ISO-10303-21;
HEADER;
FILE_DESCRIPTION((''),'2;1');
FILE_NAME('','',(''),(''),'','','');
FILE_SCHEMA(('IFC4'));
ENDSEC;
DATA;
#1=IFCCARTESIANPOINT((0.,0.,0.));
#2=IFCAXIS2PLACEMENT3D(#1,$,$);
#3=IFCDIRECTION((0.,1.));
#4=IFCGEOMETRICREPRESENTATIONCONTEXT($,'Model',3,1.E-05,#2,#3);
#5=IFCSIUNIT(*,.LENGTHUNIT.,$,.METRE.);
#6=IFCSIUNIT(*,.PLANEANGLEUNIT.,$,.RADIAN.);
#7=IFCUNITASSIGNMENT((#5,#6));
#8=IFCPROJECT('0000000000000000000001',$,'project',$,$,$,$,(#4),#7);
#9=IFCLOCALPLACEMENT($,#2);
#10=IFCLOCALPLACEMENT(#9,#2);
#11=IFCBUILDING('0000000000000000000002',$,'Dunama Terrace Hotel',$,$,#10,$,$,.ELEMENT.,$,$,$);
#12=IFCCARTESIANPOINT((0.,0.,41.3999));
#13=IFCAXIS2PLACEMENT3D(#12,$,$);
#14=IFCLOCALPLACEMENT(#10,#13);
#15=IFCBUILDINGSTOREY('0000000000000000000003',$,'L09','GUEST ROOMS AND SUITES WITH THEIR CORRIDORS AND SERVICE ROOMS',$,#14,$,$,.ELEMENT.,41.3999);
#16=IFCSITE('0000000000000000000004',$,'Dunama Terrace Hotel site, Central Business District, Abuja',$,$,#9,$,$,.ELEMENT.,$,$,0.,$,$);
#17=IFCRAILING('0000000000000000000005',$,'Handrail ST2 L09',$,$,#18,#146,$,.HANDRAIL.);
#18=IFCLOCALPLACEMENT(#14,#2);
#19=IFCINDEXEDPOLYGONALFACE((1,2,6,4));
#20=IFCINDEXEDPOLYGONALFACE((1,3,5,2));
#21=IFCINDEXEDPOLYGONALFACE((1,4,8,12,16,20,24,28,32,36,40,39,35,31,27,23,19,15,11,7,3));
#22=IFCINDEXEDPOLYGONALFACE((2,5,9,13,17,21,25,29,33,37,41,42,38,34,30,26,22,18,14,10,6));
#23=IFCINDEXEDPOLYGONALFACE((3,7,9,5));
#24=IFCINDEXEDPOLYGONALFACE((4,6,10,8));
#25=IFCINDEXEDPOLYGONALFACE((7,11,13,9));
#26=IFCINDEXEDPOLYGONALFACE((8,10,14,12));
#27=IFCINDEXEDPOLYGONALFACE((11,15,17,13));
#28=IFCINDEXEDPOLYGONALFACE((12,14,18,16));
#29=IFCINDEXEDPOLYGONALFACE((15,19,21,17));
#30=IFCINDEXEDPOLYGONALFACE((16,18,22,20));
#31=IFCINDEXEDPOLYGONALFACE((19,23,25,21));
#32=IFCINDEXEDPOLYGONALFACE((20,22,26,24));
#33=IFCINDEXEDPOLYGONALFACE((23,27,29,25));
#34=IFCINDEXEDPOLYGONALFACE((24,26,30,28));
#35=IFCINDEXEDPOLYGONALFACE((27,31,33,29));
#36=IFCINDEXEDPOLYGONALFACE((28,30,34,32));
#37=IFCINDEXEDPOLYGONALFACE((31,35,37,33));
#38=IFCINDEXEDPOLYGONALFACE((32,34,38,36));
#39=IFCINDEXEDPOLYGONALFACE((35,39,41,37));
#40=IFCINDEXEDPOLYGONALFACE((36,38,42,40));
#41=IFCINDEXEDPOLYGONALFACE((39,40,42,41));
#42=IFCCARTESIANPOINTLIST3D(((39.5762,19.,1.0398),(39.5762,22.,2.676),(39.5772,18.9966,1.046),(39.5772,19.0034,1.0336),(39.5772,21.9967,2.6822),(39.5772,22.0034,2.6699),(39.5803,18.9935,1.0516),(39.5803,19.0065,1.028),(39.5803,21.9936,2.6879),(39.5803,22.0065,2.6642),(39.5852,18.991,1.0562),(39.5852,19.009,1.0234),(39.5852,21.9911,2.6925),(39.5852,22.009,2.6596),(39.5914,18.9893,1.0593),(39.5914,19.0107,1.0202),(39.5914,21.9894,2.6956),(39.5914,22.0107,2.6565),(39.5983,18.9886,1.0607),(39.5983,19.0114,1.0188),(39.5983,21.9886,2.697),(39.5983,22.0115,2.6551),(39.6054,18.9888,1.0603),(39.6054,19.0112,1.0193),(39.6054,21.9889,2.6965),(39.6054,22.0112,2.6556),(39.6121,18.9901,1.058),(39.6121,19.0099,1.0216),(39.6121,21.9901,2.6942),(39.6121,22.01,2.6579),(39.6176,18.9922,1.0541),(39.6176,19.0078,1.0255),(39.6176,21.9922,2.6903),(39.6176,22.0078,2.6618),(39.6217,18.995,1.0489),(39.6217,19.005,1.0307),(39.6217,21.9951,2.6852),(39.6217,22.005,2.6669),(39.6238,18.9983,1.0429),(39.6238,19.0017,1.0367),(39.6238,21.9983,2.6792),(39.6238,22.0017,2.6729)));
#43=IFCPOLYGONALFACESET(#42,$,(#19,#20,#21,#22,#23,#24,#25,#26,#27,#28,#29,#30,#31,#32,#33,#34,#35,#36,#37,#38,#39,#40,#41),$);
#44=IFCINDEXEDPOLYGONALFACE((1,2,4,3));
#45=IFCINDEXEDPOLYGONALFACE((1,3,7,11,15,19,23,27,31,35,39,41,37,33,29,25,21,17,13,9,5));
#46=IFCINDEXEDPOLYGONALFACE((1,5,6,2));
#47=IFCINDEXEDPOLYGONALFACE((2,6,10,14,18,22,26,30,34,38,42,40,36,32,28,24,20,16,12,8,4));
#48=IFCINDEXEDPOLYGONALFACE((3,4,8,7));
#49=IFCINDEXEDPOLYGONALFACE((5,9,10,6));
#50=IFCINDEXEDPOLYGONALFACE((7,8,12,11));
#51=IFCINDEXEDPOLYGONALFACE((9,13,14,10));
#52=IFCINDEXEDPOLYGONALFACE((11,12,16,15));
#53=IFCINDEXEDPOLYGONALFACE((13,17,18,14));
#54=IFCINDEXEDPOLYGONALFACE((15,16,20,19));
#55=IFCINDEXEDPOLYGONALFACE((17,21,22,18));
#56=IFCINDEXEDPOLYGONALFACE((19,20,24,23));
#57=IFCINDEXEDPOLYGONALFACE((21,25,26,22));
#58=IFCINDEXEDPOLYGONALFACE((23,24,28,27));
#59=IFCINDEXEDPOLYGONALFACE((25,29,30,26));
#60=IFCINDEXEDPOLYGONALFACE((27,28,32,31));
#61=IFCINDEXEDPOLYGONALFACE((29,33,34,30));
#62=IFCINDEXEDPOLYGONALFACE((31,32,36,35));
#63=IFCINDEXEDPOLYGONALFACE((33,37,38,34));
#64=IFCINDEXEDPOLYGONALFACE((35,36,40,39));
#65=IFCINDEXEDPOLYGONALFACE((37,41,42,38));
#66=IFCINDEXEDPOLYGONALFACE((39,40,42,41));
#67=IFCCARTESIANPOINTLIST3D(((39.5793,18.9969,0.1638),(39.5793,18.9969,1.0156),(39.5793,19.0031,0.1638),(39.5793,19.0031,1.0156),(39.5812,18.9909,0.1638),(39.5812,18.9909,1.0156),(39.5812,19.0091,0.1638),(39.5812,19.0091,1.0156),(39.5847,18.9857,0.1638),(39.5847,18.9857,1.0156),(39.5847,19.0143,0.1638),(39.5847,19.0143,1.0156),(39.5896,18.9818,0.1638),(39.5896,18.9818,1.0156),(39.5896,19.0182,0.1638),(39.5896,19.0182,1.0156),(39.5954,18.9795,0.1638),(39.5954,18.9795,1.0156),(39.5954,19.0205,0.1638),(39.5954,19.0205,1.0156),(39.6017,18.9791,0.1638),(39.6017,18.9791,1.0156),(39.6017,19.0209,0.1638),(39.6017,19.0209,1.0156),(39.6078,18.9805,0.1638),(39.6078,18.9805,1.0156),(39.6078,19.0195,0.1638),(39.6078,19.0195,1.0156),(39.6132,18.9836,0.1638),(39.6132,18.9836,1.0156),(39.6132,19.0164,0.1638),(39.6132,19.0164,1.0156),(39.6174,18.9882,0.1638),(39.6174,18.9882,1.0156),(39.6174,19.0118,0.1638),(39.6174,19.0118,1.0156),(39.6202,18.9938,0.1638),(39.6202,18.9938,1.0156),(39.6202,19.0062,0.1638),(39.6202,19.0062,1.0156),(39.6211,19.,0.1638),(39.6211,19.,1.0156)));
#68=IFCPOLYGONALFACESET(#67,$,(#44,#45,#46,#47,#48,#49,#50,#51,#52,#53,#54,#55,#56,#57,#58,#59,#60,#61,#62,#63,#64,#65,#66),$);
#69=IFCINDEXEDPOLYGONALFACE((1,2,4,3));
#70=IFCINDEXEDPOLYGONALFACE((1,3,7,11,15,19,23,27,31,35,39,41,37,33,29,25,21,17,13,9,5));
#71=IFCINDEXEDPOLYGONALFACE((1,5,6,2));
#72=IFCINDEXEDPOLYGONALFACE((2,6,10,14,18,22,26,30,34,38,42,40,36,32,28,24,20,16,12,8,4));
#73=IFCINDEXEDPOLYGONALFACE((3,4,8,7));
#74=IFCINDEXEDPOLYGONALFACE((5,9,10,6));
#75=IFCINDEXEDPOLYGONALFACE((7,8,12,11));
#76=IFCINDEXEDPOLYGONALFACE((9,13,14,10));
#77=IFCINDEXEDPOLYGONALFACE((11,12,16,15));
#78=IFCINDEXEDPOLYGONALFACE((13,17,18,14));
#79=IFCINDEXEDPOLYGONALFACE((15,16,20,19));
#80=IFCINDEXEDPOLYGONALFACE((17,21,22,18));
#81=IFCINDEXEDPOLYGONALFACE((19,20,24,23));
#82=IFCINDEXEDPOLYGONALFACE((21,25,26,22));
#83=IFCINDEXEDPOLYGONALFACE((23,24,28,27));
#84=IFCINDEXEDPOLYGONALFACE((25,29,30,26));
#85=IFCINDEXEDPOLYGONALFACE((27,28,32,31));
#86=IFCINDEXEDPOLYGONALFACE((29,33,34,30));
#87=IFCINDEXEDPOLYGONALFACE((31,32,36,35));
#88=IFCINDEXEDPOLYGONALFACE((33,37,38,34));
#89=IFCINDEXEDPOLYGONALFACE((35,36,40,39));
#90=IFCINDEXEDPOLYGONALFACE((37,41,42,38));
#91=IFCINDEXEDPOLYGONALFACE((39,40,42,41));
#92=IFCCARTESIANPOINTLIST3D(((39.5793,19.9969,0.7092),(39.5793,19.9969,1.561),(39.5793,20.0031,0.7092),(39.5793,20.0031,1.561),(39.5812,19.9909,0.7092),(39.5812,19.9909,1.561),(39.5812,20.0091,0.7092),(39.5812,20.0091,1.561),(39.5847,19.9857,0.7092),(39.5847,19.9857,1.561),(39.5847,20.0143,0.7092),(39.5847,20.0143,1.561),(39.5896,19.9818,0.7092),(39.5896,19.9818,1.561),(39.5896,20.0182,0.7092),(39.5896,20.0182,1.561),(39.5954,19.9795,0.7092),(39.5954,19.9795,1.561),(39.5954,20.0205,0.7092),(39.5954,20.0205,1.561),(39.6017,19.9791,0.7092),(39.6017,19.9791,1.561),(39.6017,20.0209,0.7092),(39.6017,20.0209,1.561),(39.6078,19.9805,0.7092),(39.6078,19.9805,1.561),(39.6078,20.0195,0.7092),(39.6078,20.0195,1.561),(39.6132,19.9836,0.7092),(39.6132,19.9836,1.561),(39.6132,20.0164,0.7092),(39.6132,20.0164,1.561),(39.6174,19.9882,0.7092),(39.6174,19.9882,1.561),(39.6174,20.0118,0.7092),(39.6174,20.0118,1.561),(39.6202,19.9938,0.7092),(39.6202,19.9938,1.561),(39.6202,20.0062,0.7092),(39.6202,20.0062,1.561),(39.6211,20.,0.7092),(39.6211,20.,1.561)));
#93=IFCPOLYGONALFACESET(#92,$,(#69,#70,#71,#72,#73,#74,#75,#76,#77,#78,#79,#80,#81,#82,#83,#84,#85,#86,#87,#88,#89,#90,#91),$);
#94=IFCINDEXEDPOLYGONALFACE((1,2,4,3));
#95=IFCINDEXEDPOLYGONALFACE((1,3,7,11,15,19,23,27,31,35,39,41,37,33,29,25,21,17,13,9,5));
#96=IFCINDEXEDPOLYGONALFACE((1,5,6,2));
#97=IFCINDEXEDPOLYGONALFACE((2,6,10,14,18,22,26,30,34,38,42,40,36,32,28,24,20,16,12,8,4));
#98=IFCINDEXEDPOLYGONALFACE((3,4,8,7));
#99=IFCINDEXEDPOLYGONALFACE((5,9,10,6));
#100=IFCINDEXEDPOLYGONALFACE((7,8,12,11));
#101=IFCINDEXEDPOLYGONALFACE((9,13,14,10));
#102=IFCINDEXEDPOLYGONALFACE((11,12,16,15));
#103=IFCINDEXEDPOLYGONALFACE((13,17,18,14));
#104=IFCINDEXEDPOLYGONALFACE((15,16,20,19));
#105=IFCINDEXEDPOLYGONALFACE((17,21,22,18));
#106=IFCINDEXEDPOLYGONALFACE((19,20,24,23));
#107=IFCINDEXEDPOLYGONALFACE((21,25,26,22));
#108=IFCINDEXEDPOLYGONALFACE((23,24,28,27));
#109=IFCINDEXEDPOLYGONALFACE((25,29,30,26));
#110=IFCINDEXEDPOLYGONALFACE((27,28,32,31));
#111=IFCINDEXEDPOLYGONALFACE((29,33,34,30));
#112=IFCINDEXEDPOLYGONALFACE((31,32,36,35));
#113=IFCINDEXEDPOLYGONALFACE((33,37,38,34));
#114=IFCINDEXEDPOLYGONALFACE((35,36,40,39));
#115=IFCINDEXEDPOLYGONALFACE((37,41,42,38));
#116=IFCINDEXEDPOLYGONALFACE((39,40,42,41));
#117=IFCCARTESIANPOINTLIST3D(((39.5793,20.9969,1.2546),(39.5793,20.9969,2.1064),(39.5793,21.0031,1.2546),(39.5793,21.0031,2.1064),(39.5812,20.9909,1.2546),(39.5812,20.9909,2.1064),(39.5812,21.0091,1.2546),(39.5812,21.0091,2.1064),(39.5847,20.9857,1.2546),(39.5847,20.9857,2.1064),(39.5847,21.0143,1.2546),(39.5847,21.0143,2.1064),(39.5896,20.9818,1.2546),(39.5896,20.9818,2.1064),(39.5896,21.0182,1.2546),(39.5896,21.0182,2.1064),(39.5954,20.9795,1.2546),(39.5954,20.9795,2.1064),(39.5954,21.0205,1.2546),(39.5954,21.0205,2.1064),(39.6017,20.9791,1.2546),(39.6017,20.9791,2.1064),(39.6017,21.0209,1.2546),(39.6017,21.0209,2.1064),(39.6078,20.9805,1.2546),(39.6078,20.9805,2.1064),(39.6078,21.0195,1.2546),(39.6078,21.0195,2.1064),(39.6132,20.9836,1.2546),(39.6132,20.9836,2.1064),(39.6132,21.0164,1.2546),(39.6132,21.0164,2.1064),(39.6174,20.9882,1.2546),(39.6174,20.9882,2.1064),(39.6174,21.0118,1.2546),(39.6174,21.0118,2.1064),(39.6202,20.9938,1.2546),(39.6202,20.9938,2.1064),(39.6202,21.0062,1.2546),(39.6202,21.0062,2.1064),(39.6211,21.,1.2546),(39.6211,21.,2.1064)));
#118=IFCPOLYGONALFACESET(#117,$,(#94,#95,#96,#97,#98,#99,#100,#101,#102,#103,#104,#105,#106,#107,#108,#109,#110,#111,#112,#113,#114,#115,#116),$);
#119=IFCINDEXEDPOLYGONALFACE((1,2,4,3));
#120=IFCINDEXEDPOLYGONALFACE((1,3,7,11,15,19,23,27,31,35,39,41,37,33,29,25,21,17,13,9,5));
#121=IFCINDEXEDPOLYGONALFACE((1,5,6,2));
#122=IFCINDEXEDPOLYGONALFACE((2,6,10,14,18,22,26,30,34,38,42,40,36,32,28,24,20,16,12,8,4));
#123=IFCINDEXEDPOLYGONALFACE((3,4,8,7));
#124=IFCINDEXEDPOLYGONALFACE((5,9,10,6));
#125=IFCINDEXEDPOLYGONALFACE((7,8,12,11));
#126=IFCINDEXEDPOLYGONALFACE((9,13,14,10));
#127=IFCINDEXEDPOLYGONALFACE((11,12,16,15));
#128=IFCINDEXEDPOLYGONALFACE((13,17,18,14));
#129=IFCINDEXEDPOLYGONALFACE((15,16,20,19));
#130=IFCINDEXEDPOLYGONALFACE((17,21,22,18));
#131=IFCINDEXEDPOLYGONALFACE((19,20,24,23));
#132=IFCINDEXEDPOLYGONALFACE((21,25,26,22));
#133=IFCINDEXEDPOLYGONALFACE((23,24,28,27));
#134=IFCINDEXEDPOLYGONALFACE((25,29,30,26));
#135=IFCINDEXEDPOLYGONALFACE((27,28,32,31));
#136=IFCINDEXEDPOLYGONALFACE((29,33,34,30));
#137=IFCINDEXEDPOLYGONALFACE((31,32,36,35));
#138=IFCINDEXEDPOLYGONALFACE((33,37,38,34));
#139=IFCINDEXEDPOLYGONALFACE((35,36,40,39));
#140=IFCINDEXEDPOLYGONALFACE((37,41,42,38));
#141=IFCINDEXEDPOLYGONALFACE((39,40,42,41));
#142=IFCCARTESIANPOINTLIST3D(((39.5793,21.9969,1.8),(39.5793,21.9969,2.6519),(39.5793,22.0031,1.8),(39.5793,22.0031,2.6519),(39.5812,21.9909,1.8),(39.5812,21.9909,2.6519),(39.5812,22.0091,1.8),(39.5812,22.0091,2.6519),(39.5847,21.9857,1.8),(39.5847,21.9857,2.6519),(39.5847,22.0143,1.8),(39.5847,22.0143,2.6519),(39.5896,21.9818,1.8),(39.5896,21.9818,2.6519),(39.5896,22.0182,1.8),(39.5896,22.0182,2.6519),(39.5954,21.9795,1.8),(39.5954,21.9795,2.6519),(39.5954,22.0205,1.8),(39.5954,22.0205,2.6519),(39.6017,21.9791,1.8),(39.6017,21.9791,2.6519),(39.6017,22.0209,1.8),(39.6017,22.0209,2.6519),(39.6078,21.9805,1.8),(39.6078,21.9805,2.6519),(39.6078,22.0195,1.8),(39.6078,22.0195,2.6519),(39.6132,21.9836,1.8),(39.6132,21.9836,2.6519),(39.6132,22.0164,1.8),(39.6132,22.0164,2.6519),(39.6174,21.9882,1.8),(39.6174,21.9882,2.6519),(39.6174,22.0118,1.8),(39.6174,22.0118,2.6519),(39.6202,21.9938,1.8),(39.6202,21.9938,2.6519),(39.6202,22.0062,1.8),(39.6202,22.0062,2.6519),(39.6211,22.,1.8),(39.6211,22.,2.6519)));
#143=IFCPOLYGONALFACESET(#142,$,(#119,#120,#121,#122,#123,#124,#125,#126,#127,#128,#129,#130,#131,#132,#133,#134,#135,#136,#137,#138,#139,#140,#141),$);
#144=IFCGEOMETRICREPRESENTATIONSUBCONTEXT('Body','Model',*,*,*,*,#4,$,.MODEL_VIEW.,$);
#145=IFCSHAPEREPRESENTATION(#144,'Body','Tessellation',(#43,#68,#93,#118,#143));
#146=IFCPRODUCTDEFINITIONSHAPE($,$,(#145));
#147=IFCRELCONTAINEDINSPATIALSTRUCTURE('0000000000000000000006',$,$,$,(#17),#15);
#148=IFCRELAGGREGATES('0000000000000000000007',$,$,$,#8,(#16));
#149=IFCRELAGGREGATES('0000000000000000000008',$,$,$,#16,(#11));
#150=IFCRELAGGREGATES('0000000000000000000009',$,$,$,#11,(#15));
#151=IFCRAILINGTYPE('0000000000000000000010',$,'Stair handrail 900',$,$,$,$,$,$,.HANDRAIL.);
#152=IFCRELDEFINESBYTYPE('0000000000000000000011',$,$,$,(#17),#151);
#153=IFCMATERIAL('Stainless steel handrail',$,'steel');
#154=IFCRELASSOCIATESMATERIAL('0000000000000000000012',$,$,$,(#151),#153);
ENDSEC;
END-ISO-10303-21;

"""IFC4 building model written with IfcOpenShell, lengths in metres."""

from ifc_helpers import new_model, si_unit, direction, frame, origin, origin_2d, place, context, subcontext, project, spatial, circle, extrude, material, type_object, element, save


model = new_model("IFC4")

# Units and contexts
model_context = context("Model", 3, precision=1e-05, world=origin(), true_north=direction((0.0, 1.0)))
body_context = subcontext(model_context, "Body", "Model", "MODEL_VIEW")
ifc_project = project(units=[si_unit("LENGTHUNIT", "METRE"), si_unit("PLANEANGLEUNIT", "RADIAN")], contexts=[model_context])

# Site, building, storey
site_placement = place(None, origin())
site = spatial("IfcSite", under=ifc_project, at=site_placement, Name="Dunama Terrace Hotel site, Central Business District, Abuja", CompositionType="ELEMENT", RefElevation=0.0)
building_placement = place(site_placement, origin())
building = spatial("IfcBuilding", under=site, at=building_placement, Name="Dunama Terrace Hotel", CompositionType="ELEMENT")
storey_placement = place(building_placement, frame((0.0, 0.0, 41.3999)))
storey = spatial("IfcBuildingStorey", under=building, at=storey_placement, Name="L09", Description="GUEST ROOMS AND SUITES WITH THEIR CORRIDORS AND SERVICE ROOMS", CompositionType="ELEMENT", Elevation=41.3999)

# Railing
ifc_material_1 = material(Name="Stainless steel handrail", Category="steel")
railing_type = type_object("IfcRailingType", Name="Stair handrail 900", PredefinedType="HANDRAIL", material=ifc_material_1)
railing_1_placement = place(storey_placement, frame((39.6001, 19.0, 0.1638)))
element("IfcRailing", 1, at=railing_1_placement, inside=storey, type_object=railing_type, Name="Handrail ST2 L09", PredefinedType="HANDRAIL", context=body_context, shape_type="SweptSolid", body=[
    extrude(circle(Radius=0.0239, at=origin_2d()), frame((0.0, 0.0, 0.876), z_axis=(0.0, 0.877912, 0.478822), x_axis=(-1.0, 0.0, 0.0)), (0.0, 0.0, 1.0), 3.4172),
    extrude(circle(Radius=0.021, at=origin_2d()), origin(), (0.0, 0.0, 1.0), 0.8518),
    extrude(circle(Radius=0.021, at=origin_2d()), frame((0.0, 1.0, 0.5454)), (0.0, 0.0, 1.0), 0.8518),
    extrude(circle(Radius=0.021, at=origin_2d()), frame((0.0, 2.0, 1.0908)), (0.0, 0.0, 1.0), 0.8518),
    extrude(circle(Radius=0.021, at=origin_2d()), frame((0.0, 3.0, 1.6362)), (0.0, 0.0, 1.0), 0.8518),
])

save(model, "model.ifc")
